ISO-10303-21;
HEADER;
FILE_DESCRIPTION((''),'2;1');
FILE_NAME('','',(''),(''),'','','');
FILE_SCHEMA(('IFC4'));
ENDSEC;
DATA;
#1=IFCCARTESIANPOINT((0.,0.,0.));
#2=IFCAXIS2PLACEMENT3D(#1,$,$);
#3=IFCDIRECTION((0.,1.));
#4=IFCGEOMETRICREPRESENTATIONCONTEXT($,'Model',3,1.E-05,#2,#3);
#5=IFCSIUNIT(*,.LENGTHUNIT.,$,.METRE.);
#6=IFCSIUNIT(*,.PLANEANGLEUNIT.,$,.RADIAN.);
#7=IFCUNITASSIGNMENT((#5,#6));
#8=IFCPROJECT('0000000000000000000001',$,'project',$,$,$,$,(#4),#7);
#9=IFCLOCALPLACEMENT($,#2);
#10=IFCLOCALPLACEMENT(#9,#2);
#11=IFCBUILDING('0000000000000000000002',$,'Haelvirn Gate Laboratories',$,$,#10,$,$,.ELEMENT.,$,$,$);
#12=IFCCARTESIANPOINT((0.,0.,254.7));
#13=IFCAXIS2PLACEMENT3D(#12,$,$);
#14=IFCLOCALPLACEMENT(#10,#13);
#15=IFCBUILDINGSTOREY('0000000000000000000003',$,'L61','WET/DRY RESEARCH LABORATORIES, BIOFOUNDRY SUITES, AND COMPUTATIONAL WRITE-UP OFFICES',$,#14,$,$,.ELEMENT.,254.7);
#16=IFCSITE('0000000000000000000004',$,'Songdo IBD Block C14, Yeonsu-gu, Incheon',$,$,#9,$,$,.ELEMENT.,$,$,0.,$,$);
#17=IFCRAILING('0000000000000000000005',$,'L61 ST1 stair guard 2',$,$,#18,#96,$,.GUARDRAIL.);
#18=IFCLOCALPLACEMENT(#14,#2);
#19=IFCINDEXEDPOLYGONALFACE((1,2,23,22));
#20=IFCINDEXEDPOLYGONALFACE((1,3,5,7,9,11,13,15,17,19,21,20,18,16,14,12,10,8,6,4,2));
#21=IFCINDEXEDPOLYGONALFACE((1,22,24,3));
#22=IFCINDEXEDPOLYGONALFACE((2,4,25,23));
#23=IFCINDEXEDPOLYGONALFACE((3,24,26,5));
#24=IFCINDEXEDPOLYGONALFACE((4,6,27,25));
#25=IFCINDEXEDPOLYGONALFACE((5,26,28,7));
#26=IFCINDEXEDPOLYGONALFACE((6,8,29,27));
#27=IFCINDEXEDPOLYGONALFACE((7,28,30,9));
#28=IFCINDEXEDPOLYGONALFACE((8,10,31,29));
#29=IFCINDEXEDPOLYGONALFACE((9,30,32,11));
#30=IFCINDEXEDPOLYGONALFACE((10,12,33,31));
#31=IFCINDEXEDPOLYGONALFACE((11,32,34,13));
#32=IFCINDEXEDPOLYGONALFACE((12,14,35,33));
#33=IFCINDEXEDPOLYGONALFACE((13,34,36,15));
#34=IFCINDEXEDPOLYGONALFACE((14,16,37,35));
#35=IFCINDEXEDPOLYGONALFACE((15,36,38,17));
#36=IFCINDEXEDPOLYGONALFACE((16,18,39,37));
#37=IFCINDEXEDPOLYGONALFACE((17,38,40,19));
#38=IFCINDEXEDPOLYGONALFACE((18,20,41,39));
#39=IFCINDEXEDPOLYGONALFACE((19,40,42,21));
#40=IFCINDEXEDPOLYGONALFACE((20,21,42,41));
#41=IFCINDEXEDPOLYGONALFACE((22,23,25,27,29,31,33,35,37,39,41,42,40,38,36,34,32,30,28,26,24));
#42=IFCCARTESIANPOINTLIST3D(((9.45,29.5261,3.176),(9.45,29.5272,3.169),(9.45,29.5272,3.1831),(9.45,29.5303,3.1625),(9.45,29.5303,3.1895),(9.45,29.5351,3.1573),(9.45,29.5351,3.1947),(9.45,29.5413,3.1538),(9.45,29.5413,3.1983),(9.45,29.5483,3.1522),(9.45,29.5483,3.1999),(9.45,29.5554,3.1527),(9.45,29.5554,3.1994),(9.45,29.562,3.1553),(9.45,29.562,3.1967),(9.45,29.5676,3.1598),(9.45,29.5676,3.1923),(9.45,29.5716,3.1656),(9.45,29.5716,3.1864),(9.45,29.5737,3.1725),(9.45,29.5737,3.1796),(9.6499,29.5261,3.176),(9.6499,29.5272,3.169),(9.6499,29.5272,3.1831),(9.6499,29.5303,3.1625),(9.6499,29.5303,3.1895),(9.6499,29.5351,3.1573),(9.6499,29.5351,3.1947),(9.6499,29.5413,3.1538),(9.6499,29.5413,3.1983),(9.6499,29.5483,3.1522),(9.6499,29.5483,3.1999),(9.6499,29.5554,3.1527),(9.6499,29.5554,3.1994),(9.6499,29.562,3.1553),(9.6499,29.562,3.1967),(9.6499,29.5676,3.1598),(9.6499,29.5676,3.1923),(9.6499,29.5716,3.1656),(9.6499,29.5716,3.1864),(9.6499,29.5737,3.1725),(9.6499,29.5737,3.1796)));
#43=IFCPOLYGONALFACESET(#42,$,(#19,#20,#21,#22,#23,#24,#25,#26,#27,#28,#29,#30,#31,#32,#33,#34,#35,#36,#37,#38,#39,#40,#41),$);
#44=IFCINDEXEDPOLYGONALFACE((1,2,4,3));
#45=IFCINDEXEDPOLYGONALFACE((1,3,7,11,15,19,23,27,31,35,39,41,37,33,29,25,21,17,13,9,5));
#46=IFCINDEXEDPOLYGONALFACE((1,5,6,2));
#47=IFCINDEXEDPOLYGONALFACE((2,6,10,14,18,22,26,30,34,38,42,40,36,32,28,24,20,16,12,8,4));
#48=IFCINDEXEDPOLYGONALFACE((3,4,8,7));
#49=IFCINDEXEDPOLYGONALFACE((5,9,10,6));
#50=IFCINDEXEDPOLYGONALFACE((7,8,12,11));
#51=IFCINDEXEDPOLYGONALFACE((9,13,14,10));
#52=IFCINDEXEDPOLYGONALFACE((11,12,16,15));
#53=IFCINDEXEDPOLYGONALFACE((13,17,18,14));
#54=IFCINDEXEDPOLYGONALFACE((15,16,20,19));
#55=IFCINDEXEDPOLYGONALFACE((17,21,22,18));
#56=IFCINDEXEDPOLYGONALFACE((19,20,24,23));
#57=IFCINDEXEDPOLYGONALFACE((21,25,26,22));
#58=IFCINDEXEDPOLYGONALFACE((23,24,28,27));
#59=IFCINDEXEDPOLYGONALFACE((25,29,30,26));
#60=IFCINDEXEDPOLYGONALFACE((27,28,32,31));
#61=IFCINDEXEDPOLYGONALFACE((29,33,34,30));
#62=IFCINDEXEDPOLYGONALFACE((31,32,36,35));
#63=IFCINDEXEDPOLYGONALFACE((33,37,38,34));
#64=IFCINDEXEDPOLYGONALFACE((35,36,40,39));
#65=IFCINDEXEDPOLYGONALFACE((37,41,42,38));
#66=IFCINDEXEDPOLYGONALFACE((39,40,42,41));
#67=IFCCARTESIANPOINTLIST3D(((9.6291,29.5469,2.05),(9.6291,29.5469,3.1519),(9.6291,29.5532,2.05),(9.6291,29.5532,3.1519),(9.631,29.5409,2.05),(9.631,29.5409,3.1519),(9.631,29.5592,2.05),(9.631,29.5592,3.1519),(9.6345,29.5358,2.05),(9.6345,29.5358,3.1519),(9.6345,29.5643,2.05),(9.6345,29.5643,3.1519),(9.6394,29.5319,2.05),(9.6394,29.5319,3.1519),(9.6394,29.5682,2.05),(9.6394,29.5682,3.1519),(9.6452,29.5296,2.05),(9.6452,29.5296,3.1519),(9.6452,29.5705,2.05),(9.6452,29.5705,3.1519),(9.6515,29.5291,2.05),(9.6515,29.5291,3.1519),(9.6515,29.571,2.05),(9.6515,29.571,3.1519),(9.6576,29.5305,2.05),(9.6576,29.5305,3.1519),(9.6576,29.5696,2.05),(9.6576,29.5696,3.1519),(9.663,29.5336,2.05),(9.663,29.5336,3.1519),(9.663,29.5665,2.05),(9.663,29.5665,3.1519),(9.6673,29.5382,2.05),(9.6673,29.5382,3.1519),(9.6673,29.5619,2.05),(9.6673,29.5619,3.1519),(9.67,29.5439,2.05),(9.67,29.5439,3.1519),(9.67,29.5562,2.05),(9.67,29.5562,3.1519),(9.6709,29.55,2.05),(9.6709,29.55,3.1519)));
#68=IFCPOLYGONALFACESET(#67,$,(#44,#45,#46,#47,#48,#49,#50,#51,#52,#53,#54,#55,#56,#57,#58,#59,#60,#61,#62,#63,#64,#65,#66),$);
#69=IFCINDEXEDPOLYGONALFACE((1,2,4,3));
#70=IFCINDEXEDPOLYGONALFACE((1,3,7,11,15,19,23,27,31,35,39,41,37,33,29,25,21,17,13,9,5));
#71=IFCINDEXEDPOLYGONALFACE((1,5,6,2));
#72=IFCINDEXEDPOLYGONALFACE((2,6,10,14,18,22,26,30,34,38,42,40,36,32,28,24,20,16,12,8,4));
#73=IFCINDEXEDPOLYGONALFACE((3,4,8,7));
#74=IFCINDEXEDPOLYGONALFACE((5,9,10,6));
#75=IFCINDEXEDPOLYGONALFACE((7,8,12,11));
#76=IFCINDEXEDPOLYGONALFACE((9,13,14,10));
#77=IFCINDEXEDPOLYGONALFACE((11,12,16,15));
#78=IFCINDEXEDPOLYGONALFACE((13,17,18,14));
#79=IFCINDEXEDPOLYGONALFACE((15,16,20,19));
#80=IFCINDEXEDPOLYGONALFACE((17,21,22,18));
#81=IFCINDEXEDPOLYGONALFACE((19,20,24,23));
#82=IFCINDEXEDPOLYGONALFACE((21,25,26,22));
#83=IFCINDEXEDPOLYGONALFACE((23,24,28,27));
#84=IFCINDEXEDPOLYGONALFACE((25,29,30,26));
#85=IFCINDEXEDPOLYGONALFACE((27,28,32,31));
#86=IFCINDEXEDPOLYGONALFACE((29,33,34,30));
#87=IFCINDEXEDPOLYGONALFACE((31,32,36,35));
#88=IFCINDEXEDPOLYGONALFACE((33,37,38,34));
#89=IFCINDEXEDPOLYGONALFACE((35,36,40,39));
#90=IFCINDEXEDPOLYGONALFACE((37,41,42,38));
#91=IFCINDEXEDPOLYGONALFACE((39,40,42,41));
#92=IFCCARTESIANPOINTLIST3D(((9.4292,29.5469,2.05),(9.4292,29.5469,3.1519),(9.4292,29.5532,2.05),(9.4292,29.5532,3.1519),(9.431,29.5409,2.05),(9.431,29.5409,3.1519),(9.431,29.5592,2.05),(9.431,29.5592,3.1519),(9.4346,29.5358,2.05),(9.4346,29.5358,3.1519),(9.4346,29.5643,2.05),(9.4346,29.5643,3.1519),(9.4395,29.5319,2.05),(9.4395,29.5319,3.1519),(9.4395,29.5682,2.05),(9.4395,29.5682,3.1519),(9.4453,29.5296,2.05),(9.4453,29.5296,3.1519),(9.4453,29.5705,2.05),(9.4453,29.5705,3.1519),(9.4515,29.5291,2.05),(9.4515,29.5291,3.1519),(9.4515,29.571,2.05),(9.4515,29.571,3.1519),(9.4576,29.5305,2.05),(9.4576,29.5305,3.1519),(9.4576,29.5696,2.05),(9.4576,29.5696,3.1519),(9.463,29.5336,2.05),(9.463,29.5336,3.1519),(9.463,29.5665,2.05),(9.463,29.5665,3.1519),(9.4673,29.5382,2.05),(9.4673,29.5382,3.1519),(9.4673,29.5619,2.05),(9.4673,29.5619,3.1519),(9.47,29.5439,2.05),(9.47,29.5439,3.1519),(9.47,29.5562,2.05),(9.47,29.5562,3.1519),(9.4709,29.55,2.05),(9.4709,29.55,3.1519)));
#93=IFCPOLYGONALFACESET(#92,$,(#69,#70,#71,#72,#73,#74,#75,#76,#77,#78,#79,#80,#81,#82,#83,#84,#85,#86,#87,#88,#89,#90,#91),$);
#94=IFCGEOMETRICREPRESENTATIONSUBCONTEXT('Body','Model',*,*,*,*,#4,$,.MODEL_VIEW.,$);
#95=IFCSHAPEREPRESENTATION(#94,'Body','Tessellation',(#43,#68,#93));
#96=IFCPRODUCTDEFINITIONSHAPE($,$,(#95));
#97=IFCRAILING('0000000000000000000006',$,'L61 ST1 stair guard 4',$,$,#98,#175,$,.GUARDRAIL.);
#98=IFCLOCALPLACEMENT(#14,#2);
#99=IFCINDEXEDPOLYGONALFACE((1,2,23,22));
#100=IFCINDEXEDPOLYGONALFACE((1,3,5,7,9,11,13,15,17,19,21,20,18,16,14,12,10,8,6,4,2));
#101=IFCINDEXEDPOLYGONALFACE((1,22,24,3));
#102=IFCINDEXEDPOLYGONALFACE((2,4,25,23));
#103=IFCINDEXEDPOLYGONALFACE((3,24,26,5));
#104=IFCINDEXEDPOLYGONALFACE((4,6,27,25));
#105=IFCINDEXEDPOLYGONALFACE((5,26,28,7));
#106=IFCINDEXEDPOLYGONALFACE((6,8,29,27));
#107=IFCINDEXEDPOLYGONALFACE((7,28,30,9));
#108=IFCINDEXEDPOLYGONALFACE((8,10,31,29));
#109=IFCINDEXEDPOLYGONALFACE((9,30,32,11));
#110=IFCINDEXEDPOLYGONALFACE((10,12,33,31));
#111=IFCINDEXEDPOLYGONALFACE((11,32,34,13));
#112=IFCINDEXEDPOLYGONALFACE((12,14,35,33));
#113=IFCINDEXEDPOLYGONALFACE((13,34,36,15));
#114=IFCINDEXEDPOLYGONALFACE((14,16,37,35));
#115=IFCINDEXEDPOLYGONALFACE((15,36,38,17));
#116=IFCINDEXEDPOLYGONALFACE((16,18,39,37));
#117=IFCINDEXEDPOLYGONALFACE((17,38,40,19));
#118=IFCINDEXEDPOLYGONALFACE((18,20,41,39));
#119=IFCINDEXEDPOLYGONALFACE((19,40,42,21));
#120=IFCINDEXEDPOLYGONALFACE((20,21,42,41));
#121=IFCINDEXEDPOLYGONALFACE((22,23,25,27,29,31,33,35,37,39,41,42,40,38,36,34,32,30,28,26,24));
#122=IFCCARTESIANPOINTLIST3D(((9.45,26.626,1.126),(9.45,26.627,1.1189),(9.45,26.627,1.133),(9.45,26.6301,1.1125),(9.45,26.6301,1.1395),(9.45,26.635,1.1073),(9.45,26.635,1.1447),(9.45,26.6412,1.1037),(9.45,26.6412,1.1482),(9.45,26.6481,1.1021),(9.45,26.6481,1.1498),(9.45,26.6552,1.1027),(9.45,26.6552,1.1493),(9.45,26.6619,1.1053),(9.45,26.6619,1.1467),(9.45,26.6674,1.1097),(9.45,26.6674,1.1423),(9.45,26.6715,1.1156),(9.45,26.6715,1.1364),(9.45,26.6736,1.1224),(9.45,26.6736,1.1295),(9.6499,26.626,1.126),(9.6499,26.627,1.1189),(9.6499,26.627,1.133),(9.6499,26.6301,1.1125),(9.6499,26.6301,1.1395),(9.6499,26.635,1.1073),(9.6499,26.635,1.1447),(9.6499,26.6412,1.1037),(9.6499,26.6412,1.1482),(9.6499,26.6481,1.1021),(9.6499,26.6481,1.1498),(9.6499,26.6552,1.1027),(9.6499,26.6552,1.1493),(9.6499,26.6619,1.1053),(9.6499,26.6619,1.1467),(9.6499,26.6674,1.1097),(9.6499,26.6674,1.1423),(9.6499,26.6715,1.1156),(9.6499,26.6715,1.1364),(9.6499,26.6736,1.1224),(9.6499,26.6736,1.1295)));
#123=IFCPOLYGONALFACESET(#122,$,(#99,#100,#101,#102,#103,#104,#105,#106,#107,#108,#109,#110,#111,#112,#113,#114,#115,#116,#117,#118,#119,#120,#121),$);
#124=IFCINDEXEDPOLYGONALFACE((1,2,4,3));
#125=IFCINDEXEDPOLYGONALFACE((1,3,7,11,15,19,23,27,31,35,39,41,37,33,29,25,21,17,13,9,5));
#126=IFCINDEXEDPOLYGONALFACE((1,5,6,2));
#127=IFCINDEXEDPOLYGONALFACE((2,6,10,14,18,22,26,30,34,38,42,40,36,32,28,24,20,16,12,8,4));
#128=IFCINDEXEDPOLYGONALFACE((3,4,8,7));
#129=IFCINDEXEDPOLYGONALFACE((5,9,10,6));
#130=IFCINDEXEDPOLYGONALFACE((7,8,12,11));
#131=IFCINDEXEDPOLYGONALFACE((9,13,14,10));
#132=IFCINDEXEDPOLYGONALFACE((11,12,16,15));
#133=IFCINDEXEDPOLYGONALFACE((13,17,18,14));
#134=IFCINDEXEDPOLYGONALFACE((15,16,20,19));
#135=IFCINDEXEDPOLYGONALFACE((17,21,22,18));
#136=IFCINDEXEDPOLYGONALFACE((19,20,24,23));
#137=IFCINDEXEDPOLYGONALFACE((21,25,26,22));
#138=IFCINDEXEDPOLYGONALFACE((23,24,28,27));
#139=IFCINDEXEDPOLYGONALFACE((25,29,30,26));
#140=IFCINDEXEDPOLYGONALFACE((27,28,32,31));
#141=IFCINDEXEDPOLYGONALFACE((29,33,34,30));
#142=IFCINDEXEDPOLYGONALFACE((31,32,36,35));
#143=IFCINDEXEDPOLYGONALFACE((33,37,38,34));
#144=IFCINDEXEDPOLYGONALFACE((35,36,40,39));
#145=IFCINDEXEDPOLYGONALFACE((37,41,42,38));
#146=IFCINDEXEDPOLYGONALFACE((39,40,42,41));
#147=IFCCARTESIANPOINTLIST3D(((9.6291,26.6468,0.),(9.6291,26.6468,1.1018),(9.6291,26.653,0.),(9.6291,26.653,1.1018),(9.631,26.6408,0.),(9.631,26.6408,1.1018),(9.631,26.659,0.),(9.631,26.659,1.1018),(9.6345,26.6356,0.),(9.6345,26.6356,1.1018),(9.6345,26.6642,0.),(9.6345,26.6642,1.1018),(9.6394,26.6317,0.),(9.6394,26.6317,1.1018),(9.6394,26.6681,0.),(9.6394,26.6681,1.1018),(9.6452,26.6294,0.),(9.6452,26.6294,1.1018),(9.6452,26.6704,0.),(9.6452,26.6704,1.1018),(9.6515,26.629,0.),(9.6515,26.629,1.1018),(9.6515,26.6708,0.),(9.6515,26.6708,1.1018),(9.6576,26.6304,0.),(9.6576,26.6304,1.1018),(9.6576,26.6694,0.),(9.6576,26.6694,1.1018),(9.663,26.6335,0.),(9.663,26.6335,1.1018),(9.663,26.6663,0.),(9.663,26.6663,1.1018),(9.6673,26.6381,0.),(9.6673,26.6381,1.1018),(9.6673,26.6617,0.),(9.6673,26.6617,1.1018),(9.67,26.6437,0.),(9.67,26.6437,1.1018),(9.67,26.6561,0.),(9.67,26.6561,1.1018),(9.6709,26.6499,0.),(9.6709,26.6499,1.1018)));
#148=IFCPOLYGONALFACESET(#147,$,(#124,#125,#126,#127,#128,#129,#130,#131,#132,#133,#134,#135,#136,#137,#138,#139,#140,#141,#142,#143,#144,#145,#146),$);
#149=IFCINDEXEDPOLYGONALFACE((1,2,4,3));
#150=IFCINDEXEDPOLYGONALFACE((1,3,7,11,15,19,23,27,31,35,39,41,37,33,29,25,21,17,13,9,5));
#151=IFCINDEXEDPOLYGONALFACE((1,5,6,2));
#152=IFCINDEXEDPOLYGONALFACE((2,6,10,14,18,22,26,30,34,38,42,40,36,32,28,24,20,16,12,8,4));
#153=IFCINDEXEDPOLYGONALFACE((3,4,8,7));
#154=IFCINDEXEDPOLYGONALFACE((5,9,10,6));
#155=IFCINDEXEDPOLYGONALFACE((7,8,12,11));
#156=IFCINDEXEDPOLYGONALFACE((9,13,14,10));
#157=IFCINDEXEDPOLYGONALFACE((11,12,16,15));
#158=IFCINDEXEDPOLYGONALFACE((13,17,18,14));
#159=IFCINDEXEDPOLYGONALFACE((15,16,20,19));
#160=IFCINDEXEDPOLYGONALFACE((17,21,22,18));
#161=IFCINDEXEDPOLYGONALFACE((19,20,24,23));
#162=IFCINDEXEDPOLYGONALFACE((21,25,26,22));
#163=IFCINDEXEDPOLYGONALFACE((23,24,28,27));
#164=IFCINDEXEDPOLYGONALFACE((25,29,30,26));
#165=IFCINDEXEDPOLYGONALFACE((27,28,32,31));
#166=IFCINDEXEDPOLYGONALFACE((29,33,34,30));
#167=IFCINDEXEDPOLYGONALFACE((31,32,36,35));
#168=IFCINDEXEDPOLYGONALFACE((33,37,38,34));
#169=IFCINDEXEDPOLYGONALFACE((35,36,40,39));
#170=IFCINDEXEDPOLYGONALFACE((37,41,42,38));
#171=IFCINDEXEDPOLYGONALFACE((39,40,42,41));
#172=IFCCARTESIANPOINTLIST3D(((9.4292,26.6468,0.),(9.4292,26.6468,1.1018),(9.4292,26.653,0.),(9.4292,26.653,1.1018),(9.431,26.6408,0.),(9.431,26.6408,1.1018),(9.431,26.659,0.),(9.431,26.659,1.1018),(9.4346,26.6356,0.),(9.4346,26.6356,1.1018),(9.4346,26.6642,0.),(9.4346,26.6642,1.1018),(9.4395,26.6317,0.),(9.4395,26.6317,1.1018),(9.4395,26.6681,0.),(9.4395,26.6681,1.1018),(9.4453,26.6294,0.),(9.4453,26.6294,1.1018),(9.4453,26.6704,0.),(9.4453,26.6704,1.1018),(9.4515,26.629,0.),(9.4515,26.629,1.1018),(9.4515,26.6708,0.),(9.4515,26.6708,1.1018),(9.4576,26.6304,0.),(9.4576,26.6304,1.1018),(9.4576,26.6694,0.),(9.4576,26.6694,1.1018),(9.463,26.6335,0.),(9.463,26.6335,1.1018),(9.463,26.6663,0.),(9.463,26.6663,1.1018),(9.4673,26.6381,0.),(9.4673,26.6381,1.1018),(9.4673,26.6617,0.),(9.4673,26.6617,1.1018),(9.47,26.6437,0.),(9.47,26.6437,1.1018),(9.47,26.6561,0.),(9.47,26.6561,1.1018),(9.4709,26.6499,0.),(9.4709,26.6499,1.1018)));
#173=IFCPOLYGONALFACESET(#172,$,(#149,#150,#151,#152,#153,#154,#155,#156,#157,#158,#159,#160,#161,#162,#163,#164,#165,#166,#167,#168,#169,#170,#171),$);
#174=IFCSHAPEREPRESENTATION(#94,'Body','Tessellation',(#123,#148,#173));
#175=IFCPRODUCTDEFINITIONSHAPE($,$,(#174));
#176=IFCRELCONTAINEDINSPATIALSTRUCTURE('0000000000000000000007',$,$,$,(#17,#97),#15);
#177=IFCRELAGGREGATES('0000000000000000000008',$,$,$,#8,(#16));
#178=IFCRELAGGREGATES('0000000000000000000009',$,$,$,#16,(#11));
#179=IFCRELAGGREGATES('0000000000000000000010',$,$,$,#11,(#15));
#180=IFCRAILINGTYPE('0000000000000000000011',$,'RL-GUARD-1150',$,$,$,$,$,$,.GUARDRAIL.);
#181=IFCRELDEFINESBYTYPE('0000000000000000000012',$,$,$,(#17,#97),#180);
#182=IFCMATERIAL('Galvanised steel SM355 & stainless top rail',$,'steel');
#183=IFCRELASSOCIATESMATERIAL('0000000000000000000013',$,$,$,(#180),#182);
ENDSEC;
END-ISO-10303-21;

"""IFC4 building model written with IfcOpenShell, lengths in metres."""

from ifc_helpers import new_model, si_unit, direction, frame, origin, origin_2d, place, context, subcontext, project, spatial, circle, extrude, source, transform, mapped, material, type_object, element, save


model = new_model("IFC4")

# Units and contexts
model_context = context("Model", 3, precision=1e-05, world=origin(), true_north=direction((0.0, 1.0)))
body_context = subcontext(model_context, "Body", "Model", "MODEL_VIEW")
ifc_project = project(units=[si_unit("LENGTHUNIT", "METRE"), si_unit("PLANEANGLEUNIT", "RADIAN")], contexts=[model_context])

# Site, building, storey
site_placement = place(None, origin())
site = spatial("IfcSite", under=ifc_project, at=site_placement, Name="Songdo IBD Block C14, Yeonsu-gu, Incheon", CompositionType="ELEMENT", RefElevation=0.0)
building_placement = place(site_placement, origin())
building = spatial("IfcBuilding", under=site, at=building_placement, Name="Haelvirn Gate Laboratories", CompositionType="ELEMENT")
storey_placement = place(building_placement, frame((0.0, 0.0, 254.7)))
storey = spatial("IfcBuildingStorey", under=building, at=storey_placement, Name="L61", Description="WET/DRY RESEARCH LABORATORIES, BIOFOUNDRY SUITES, AND COMPUTATIONAL WRITE-UP OFFICES", CompositionType="ELEMENT", Elevation=254.7)

# Railings
ifc_material_1 = material(Name="Galvanised steel SM355 & stainless top rail", Category="steel")
railing_type_1 = type_object("IfcRailingType", Name="RL-GUARD-1150", PredefinedType="GUARDRAIL", material=ifc_material_1)
shared_shape_1 = source(origin(), body_context, "Body", "SweptSolid", [
    extrude(circle(Radius=0.0239, at=origin_2d()), frame((0.0, 0.0, 1.126), z_axis=(-1.0, 0.0, 0.0), x_axis=(0.0, -1.0, 0.0)), (0.0, 0.0, 1.0), 0.2),
    extrude(circle(Radius=0.021, at=origin_2d()), origin(), (0.0, 0.0, 1.0), 1.1018),
    extrude(circle(Radius=0.021, at=origin_2d()), frame((-0.2, 0.0, 0.0)), (0.0, 0.0, 1.0), 1.1018),
])
for number, where, name in (
    (1, (9.6499, 29.55, 2.05), "L61 ST1 stair guard 2"),
    (2, (9.6499, 26.6499, 0.0), "L61 ST1 stair guard 4"),
):
    element("IfcRailing", number, at=place(storey_placement, frame(where)), inside=storey, type_object=railing_type_1, Name=name, PredefinedType="GUARDRAIL", context=body_context, shape_type="MappedRepresentation", body=[
        mapped(shared_shape_1, transform((0.0, 0.0, 0.0), scale=1.0)),
    ])

save(model, "model.ifc")
